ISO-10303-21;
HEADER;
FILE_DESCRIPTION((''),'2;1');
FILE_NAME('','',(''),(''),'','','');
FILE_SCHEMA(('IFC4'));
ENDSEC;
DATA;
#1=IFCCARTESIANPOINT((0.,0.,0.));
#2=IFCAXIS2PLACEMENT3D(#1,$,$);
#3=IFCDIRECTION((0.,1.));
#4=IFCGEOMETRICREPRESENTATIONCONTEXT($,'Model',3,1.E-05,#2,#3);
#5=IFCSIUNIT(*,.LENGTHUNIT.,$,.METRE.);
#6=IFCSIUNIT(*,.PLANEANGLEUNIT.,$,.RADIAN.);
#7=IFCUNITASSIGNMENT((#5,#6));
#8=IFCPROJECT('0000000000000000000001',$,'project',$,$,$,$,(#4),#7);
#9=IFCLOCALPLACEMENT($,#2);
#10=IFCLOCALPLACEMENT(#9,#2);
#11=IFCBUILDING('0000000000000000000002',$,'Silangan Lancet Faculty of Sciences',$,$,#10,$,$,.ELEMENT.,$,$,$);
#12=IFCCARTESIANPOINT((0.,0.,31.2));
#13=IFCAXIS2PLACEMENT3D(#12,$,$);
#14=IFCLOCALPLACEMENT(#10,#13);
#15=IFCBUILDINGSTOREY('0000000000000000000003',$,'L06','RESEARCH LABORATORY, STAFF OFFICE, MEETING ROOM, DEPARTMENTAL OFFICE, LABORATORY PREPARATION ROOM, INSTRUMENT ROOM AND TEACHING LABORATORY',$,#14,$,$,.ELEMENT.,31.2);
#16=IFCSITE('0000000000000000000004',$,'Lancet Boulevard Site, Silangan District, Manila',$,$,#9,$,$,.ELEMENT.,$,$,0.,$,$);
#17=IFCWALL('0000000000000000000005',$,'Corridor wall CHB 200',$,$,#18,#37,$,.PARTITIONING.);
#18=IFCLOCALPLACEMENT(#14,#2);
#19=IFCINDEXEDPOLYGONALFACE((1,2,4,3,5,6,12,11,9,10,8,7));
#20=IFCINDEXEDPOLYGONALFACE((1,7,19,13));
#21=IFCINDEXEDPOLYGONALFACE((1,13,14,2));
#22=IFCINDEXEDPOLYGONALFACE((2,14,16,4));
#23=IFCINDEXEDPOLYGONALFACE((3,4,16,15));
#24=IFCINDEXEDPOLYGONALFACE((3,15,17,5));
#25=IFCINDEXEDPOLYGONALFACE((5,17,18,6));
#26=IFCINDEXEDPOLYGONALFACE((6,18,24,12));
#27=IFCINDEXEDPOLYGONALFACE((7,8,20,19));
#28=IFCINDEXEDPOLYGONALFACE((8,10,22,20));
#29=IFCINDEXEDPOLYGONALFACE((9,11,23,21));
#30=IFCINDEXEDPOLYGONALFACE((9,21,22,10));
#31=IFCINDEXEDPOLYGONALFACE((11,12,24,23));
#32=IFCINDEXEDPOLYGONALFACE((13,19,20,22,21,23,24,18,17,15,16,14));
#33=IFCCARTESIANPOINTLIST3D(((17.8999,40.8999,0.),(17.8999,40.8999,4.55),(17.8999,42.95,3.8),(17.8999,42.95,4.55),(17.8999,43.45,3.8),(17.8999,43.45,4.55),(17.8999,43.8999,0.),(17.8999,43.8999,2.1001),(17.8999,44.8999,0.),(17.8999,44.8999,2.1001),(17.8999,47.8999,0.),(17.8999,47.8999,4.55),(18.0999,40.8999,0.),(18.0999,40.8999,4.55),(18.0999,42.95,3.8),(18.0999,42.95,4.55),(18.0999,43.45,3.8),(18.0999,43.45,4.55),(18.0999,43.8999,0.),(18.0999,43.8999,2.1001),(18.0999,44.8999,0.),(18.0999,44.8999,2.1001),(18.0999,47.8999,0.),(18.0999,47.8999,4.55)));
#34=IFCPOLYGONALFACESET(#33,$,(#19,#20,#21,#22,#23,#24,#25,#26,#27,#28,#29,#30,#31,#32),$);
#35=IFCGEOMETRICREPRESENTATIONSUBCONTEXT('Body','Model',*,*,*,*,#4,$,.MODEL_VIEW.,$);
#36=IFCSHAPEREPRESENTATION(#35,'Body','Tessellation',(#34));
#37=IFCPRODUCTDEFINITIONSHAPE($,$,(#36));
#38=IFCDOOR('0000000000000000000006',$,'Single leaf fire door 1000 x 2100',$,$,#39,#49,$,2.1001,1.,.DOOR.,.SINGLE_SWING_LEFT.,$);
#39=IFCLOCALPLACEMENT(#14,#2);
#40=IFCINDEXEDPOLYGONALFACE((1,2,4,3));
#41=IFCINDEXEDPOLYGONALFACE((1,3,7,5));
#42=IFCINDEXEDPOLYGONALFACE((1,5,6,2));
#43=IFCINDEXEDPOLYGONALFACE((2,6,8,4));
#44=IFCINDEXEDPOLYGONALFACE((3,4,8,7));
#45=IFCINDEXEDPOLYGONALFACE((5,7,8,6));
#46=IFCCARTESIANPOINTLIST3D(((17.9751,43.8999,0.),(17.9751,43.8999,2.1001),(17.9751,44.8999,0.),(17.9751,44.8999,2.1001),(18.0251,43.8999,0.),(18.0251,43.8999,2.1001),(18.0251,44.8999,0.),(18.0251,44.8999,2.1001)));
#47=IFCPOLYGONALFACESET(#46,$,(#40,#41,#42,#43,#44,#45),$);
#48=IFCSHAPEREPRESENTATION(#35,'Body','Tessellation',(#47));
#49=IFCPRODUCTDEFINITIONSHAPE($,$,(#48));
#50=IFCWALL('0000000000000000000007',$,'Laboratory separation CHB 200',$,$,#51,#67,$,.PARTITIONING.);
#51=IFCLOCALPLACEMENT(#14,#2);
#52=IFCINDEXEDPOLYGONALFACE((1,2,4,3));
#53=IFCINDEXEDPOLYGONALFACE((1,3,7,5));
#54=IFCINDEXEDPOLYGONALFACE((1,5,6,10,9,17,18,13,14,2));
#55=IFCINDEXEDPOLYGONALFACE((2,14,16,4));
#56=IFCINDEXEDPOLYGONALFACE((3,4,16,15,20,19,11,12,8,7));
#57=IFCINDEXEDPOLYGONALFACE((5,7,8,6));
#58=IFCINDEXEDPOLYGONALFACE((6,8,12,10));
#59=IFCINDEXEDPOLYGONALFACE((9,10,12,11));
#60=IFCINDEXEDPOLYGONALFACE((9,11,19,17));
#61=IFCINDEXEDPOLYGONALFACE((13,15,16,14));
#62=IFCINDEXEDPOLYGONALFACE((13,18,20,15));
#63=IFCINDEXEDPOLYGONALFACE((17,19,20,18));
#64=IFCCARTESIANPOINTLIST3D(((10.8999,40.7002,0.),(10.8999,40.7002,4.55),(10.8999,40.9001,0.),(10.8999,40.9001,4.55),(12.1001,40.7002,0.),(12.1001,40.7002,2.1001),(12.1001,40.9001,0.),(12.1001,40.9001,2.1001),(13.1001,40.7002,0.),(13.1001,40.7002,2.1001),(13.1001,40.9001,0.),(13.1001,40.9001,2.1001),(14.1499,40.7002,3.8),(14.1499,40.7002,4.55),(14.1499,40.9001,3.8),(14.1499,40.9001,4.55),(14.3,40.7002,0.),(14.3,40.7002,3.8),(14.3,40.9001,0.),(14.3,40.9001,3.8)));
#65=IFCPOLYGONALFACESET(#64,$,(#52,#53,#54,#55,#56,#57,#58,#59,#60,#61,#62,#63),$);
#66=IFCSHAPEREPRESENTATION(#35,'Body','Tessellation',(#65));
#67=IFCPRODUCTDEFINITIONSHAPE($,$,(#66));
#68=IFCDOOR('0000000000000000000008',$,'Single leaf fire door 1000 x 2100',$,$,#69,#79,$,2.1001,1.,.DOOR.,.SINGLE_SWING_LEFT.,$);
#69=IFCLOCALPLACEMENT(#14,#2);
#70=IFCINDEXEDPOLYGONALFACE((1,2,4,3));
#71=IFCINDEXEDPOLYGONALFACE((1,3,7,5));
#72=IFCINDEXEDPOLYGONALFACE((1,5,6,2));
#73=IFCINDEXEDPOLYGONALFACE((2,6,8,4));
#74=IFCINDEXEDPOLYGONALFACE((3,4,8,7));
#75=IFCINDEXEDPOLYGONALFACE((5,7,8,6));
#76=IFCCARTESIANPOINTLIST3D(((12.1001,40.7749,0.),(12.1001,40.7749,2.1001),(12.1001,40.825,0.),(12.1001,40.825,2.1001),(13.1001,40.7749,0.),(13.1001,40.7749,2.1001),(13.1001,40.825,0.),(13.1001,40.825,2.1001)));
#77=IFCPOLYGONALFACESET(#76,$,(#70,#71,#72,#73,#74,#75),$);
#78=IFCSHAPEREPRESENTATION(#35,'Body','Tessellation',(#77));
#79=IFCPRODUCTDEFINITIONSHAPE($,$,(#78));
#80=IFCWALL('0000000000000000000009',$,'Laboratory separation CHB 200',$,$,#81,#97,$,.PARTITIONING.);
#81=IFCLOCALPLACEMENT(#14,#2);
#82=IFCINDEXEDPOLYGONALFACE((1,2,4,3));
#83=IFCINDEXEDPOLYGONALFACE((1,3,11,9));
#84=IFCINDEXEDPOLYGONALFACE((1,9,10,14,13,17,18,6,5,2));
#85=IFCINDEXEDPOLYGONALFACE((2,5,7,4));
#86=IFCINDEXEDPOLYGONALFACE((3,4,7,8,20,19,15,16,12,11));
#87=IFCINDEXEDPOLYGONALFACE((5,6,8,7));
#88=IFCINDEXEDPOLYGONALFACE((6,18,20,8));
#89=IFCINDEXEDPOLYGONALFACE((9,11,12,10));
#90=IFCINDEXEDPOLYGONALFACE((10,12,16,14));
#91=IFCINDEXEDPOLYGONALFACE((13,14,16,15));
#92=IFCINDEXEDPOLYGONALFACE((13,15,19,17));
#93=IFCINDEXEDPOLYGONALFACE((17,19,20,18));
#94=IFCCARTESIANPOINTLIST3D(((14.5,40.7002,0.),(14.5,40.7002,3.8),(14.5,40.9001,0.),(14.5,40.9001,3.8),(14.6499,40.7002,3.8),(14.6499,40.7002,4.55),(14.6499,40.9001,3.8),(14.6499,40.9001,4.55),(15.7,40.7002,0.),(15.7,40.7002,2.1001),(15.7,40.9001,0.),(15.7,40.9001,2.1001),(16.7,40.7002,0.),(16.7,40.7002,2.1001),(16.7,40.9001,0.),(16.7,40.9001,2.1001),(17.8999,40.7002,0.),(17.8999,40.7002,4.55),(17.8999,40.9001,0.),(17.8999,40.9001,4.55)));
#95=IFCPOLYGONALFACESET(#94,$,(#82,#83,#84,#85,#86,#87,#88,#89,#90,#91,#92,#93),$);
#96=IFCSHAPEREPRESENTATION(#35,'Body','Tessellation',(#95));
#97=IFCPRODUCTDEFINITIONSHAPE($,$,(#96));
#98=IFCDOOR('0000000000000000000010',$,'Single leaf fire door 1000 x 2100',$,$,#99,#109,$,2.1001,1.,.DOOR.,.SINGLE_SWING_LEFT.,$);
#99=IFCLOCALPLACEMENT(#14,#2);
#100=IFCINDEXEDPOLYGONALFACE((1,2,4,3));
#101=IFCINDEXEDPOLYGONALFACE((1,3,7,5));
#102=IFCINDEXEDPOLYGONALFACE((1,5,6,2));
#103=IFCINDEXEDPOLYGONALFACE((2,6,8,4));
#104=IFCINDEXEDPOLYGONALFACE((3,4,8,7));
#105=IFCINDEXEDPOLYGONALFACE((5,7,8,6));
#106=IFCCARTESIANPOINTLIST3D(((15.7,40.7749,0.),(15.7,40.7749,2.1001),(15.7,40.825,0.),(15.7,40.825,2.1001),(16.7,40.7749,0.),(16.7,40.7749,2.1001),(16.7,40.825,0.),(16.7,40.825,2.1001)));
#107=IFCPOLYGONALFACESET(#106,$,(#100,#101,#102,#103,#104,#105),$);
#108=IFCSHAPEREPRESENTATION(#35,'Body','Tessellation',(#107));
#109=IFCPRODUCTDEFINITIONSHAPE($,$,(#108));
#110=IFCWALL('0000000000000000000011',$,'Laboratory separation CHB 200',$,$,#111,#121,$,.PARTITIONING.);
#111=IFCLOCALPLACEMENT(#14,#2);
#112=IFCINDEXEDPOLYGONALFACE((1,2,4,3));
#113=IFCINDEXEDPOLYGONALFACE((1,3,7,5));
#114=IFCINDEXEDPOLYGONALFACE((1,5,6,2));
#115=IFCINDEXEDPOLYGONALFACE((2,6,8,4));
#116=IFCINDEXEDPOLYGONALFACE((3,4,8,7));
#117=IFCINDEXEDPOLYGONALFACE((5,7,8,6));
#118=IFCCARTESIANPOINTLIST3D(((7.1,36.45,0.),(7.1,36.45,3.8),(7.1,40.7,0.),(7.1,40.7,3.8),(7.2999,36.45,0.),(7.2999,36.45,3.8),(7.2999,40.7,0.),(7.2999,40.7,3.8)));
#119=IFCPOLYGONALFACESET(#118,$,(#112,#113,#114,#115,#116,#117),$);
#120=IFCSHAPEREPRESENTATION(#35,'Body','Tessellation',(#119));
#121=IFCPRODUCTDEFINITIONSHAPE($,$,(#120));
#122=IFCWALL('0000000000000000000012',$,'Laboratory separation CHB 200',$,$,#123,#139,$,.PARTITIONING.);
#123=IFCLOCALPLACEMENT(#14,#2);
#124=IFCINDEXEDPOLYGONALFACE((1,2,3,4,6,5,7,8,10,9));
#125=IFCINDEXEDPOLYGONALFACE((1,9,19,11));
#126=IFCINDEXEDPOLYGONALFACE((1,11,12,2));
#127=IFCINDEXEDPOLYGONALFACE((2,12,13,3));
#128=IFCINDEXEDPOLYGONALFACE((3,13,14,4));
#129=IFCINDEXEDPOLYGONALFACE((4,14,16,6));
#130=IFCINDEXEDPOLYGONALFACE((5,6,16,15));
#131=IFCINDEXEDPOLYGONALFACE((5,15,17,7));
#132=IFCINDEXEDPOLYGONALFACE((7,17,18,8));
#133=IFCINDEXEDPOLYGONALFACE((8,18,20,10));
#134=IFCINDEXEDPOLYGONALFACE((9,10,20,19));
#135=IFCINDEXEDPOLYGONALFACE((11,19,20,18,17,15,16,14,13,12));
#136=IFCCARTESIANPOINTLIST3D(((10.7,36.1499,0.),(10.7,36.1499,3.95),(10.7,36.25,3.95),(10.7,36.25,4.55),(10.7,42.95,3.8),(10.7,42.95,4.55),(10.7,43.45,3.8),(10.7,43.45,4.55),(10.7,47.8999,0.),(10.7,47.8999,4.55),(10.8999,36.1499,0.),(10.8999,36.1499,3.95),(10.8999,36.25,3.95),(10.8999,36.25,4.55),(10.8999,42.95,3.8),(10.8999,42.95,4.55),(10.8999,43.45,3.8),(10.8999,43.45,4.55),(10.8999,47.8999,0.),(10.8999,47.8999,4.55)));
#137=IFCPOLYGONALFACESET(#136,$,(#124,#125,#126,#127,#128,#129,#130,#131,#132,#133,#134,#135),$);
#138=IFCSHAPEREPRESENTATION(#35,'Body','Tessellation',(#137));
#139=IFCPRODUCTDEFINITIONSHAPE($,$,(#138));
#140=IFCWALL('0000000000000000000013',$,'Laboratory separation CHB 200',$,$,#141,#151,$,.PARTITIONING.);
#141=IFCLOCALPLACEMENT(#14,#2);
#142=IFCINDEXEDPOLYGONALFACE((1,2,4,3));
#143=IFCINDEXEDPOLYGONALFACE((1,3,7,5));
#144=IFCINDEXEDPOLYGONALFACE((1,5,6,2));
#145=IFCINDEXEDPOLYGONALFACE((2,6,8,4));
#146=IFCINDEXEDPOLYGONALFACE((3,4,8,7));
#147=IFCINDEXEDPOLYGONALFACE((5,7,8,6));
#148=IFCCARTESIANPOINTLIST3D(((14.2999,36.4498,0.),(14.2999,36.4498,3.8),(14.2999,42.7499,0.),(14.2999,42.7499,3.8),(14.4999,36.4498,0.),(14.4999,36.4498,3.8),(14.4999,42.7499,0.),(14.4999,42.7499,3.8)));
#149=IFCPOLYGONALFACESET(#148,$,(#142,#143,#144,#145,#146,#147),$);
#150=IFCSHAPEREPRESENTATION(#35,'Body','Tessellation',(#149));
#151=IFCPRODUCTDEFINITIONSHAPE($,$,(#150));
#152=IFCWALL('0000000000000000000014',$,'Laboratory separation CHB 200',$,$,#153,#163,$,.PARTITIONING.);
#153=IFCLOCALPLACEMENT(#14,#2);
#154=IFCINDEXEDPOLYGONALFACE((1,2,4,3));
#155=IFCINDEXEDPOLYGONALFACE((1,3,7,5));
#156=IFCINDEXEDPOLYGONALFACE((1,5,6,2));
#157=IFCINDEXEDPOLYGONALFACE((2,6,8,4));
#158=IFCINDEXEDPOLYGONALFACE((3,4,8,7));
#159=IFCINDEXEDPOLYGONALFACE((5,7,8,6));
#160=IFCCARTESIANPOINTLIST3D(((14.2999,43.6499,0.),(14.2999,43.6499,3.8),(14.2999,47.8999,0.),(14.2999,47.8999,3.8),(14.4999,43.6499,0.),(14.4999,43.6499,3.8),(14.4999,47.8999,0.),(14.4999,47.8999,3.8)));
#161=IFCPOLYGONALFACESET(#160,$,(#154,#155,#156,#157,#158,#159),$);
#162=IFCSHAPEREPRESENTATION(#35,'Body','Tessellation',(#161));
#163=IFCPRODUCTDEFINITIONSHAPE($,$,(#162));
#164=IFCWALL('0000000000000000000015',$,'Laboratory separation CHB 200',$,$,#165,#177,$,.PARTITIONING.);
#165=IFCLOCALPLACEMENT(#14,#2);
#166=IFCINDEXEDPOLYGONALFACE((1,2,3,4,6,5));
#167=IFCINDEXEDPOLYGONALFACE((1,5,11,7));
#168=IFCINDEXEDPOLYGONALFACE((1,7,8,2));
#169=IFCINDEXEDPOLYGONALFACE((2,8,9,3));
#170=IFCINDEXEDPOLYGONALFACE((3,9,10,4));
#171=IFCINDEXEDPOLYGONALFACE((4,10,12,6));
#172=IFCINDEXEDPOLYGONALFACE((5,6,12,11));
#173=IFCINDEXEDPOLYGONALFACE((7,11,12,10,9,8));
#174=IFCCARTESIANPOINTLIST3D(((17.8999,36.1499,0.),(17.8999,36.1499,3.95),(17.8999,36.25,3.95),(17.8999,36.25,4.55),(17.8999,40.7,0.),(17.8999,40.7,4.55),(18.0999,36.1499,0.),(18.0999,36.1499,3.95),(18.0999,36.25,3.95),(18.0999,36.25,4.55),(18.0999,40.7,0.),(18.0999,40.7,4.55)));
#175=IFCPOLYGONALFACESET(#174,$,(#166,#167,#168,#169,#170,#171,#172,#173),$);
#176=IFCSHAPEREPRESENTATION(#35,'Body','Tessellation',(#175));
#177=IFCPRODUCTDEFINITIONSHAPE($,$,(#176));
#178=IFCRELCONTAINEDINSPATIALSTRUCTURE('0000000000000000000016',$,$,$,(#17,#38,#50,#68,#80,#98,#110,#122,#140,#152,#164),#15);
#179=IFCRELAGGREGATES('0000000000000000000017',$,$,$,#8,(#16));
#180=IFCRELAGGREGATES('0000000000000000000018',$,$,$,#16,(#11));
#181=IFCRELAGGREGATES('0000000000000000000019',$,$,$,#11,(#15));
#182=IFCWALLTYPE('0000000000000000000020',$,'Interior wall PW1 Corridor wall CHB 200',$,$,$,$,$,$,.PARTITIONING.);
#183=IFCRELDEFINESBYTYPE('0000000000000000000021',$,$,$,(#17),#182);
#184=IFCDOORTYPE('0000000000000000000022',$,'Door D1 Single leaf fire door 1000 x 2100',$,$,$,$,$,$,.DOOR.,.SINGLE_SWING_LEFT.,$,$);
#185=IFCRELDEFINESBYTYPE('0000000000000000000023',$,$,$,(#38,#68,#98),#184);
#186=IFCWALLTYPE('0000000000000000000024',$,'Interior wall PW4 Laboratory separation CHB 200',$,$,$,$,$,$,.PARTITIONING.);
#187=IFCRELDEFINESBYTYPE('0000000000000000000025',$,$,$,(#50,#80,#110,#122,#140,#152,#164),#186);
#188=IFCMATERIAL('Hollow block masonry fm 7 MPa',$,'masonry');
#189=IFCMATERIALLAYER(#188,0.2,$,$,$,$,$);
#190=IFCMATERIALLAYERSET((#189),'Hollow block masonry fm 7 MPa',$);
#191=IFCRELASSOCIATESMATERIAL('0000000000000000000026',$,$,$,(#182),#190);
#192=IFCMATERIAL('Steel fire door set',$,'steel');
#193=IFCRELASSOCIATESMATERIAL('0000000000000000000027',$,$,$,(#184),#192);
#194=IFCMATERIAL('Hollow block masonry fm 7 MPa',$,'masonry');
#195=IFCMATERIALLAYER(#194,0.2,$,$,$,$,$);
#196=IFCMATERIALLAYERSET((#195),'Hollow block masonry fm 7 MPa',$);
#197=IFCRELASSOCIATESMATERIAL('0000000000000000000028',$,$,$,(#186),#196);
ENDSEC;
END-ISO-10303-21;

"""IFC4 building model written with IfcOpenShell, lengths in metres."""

from ifc_helpers import new_model, si_unit, direction, frame, frame_2d, origin, place, context, subcontext, project, spatial, polyline, rectangle, outline, extrude, material, layer, layer_set, type_object, element, fill, save


model = new_model("IFC4")

# Units and contexts
model_context = context("Model", 3, precision=1e-05, world=origin(), true_north=direction((0.0, 1.0)))
body_context = subcontext(model_context, "Body", "Model", "MODEL_VIEW")
ifc_project = project(units=[si_unit("LENGTHUNIT", "METRE"), si_unit("PLANEANGLEUNIT", "RADIAN")], contexts=[model_context])

# Site, building, storey
site_placement = place(None, origin())
site = spatial("IfcSite", under=ifc_project, at=site_placement, Name="Lancet Boulevard Site, Silangan District, Manila", CompositionType="ELEMENT", RefElevation=0.0)
building_placement = place(site_placement, origin())
building = spatial("IfcBuilding", under=site, at=building_placement, Name="Silangan Lancet Faculty of Sciences", CompositionType="ELEMENT")
storey_placement = place(building_placement, frame((0.0, 0.0, 31.2)))
storey = spatial("IfcBuildingStorey", under=building, at=storey_placement, Name="L06", Description="RESEARCH LABORATORY, STAFF OFFICE, MEETING ROOM, DEPARTMENTAL OFFICE, LABORATORY PREPARATION ROOM, INSTRUMENT ROOM AND TEACHING LABORATORY", CompositionType="ELEMENT", Elevation=31.2)

# Walls, openings, doors
ifc_material_1 = material(Name="Hollow block masonry fm 7 MPa", Category="masonry")
ifc_layer_1 = layer(ifc_material_1, 0.2)
ifc_layer_set_1 = layer_set([ifc_layer_1], Name="Hollow block masonry fm 7 MPa")
wall_type_1 = type_object("IfcWallType", Name="Interior wall PW1 Corridor wall CHB 200", PredefinedType="PARTITIONING", material=ifc_layer_set_1)
ifc_material_2 = material(Name="Steel fire door set", Category="steel")
door_type = type_object("IfcDoorType", Name="Door D1 Single leaf fire door 1000 x 2100", OperationType="SINGLE_SWING_LEFT", PredefinedType="DOOR", material=ifc_material_2)
wall_1_placement = place(storey_placement, frame((18.0, 40.8999, 0.0), z_axis=(0.0, 0.0, 1.0), x_axis=(0.0, 1.0, 0.0)))
wall_1 = element("IfcWall", 1, at=wall_1_placement, inside=storey, type_object=wall_type_1, Name="Corridor wall CHB 200", PredefinedType="PARTITIONING", context=body_context, shape_type="SweptSolid", body=[
    extrude(outline(polyline([(0.0, 0.0), (7.0, 0.0), (7.0, 4.55), (2.55, 4.55), (2.55, 3.8), (2.05, 3.8), (2.05, 4.55), (0.0, 4.55), (0.0, 0.0)])), frame((0.0, 0.1001, 0.0), z_axis=(0.0, -1.0, 0.0), x_axis=(1.0, 0.0, 0.0)), (0.0, 0.0, 1.0), 0.2),
])
opening_1_placement = place(wall_1_placement, frame((3.0, 0.0, 0.0)))
opening_1 = element("IfcOpeningElement", 2, at=opening_1_placement, cuts=wall_1, PredefinedType="OPENING", context=body_context, shape_type="SweptSolid", body=[
    extrude(rectangle(XDim=1.0, YDim=2.1001, at=frame_2d((0.5, 1.05))), frame((0.0, 0.1099, 0.0), z_axis=(0.0, -1.0, 0.0), x_axis=(1.0, 0.0, 0.0)), (0.0, 0.0, 1.0), 0.22),
])
door_1_placement = place(opening_1_placement, origin())
door_1 = element("IfcDoor", 3, at=door_1_placement, inside=storey, type_object=door_type, Name="Single leaf fire door 1000 x 2100", OperationType="SINGLE_SWING_LEFT", OverallHeight=2.1001, OverallWidth=1.0, PredefinedType="DOOR", context=body_context, shape_type="SweptSolid", body=[
    extrude(rectangle(XDim=1.0, YDim=2.1001, at=frame_2d((0.5, 1.05))), frame((0.0, 0.0249, 0.0), z_axis=(0.0, -1.0, 0.0), x_axis=(1.0, 0.0, 0.0)), (0.0, 0.0, 1.0), 0.05),
])
fill(opening_1, door_1)
ifc_material_3 = material(Name="Hollow block masonry fm 7 MPa", Category="masonry")
ifc_layer_2 = layer(ifc_material_3, 0.2)
ifc_layer_set_2 = layer_set([ifc_layer_2], Name="Hollow block masonry fm 7 MPa")
wall_type_2 = type_object("IfcWallType", Name="Interior wall PW4 Laboratory separation CHB 200", PredefinedType="PARTITIONING", material=ifc_layer_set_2)
wall_2_placement = place(storey_placement, frame((10.8999, 40.8, 0.0), z_axis=(0.0, 0.0, 1.0), x_axis=(1.0, 0.0, 0.0)))
wall_2 = element("IfcWall", 4, at=wall_2_placement, inside=storey, type_object=wall_type_2, Name="Laboratory separation CHB 200", PredefinedType="PARTITIONING", context=body_context, shape_type="SweptSolid", body=[
    extrude(outline(polyline([(0.0, 0.0), (3.4001, 0.0), (3.4001, 3.8), (3.25, 3.8), (3.25, 4.55), (0.0, 4.55), (0.0, 0.0)])), frame((0.0, 0.1001, 0.0), z_axis=(0.0, -1.0, 0.0), x_axis=(1.0, 0.0, 0.0)), (0.0, 0.0, 1.0), 0.2),
])
opening_2_placement = place(wall_2_placement, frame((1.2002, 0.0, 0.0)))
opening_2 = element("IfcOpeningElement", 5, at=opening_2_placement, cuts=wall_2, PredefinedType="OPENING", context=body_context, shape_type="SweptSolid", body=[
    extrude(rectangle(XDim=1.0, YDim=2.1001, at=frame_2d((0.5, 1.05))), frame((0.0, 0.1099, 0.0), z_axis=(0.0, -1.0, 0.0), x_axis=(1.0, 0.0, 0.0)), (0.0, 0.0, 1.0), 0.22),
])
door_2_placement = place(opening_2_placement, frame((1.0, 0.0, 0.0), z_axis=(0.0, 0.0, 1.0), x_axis=(-1.0, 0.0, 0.0)))
door_2 = element("IfcDoor", 6, at=door_2_placement, inside=storey, type_object=door_type, Name="Single leaf fire door 1000 x 2100", OperationType="SINGLE_SWING_LEFT", OverallHeight=2.1001, OverallWidth=1.0, PredefinedType="DOOR", context=body_context, shape_type="SweptSolid", body=[
    extrude(rectangle(XDim=1.0, YDim=2.1001, at=frame_2d((0.5, 1.05))), frame((0.0, 0.0251, 0.0), z_axis=(0.0, -1.0, 0.0), x_axis=(1.0, 0.0, 0.0)), (0.0, 0.0, 1.0), 0.05),
])
fill(opening_2, door_2)
wall_3_placement = place(storey_placement, frame((14.5, 40.8, 0.0), z_axis=(0.0, 0.0, 1.0), x_axis=(1.0, 0.0, 0.0)))
wall_3 = element("IfcWall", 7, at=wall_3_placement, inside=storey, type_object=wall_type_2, Name="Laboratory separation CHB 200", PredefinedType="PARTITIONING", context=body_context, shape_type="SweptSolid", body=[
    extrude(outline(polyline([(0.0, 0.0), (3.3999, 0.0), (3.3999, 4.55), (0.1499, 4.55), (0.1499, 3.8), (0.0, 3.8), (0.0, 0.0)])), frame((0.0, 0.1001, 0.0), z_axis=(0.0, -1.0, 0.0), x_axis=(1.0, 0.0, 0.0)), (0.0, 0.0, 1.0), 0.2),
])
opening_3_placement = place(wall_3_placement, frame((1.2, 0.0, 0.0)))
opening_3 = element("IfcOpeningElement", 8, at=opening_3_placement, cuts=wall_3, PredefinedType="OPENING", context=body_context, shape_type="SweptSolid", body=[
    extrude(rectangle(XDim=1.0, YDim=2.1001, at=frame_2d((0.5, 1.05))), frame((0.0, 0.1099, 0.0), z_axis=(0.0, -1.0, 0.0), x_axis=(1.0, 0.0, 0.0)), (0.0, 0.0, 1.0), 0.22),
])
door_3_placement = place(opening_3_placement, frame((1.0, 0.0, 0.0), z_axis=(0.0, 0.0, 1.0), x_axis=(-1.0, 0.0, 0.0)))
door_3 = element("IfcDoor", 9, at=door_3_placement, inside=storey, type_object=door_type, Name="Single leaf fire door 1000 x 2100", OperationType="SINGLE_SWING_LEFT", OverallHeight=2.1001, OverallWidth=1.0, PredefinedType="DOOR", context=body_context, shape_type="SweptSolid", body=[
    extrude(rectangle(XDim=1.0, YDim=2.1001, at=frame_2d((0.5, 1.05))), frame((0.0, 0.0251, 0.0), z_axis=(0.0, -1.0, 0.0), x_axis=(1.0, 0.0, 0.0)), (0.0, 0.0, 1.0), 0.05),
])
fill(opening_3, door_3)

# Walls
wall_4_placement = place(storey_placement, frame((7.2, 36.45, 0.0), z_axis=(0.0, 0.0, 1.0), x_axis=(0.0, 1.0, 0.0)))
element("IfcWall", 10, at=wall_4_placement, inside=storey, type_object=wall_type_2, Name="Laboratory separation CHB 200", PredefinedType="PARTITIONING", context=body_context, shape_type="SweptSolid", body=[
    extrude(rectangle(XDim=4.25, YDim=0.2, at=frame_2d((2.125, 0.0))), origin(), (0.0, 0.0, 1.0), 3.8),
])
wall_5_placement = place(storey_placement, frame((10.8, 36.1499, 0.0), z_axis=(0.0, 0.0, 1.0), x_axis=(0.0, 1.0, 0.0)))
element("IfcWall", 11, at=wall_5_placement, inside=storey, type_object=wall_type_2, Name="Laboratory separation CHB 200", PredefinedType="PARTITIONING", context=body_context, shape_type="SweptSolid", body=[
    extrude(outline(polyline([(0.0, 0.0), (11.75, 0.0), (11.75, 4.55), (7.3, 4.55), (7.3, 3.8), (6.8, 3.8), (6.8, 4.55), (0.1001, 4.55), (0.1001, 3.95), (0.0, 3.95), (0.0, 0.0)])), frame((0.0, 0.1001, 0.0), z_axis=(0.0, -1.0, 0.0), x_axis=(1.0, 0.0, 0.0)), (0.0, 0.0, 1.0), 0.2),
])
wall_6_placement = place(storey_placement, frame((14.3999, 36.45, 0.0), z_axis=(0.0, 0.0, 1.0), x_axis=(0.0, 1.0, 0.0)))
element("IfcWall", 12, at=wall_6_placement, inside=storey, type_object=wall_type_2, Name="Laboratory separation CHB 200", PredefinedType="PARTITIONING", context=body_context, shape_type="SweptSolid", body=[
    extrude(rectangle(XDim=6.3, YDim=0.2, at=frame_2d((3.1499, 0.0))), origin(), (0.0, 0.0, 1.0), 3.8),
])
wall_7_placement = place(storey_placement, frame((14.3999, 43.6499, 0.0), z_axis=(0.0, 0.0, 1.0), x_axis=(0.0, 1.0, 0.0)))
element("IfcWall", 13, at=wall_7_placement, inside=storey, type_object=wall_type_2, Name="Laboratory separation CHB 200", PredefinedType="PARTITIONING", context=body_context, shape_type="SweptSolid", body=[
    extrude(rectangle(XDim=4.25, YDim=0.2, at=frame_2d((2.125, 0.0))), origin(), (0.0, 0.0, 1.0), 3.8),
])
wall_8_placement = place(storey_placement, frame((18.0, 36.1499, 0.0), z_axis=(0.0, 0.0, 1.0), x_axis=(0.0, 1.0, 0.0)))
element("IfcWall", 14, at=wall_8_placement, inside=storey, type_object=wall_type_2, Name="Laboratory separation CHB 200", PredefinedType="PARTITIONING", context=body_context, shape_type="SweptSolid", body=[
    extrude(outline(polyline([(0.0, 0.0), (4.55, 0.0), (4.55, 4.55), (0.1001, 4.55), (0.1001, 3.95), (0.0, 3.95), (0.0, 0.0)])), frame((0.0, 0.1001, 0.0), z_axis=(0.0, -1.0, 0.0), x_axis=(1.0, 0.0, 0.0)), (0.0, 0.0, 1.0), 0.2),
])

save(model, "model.ifc")
